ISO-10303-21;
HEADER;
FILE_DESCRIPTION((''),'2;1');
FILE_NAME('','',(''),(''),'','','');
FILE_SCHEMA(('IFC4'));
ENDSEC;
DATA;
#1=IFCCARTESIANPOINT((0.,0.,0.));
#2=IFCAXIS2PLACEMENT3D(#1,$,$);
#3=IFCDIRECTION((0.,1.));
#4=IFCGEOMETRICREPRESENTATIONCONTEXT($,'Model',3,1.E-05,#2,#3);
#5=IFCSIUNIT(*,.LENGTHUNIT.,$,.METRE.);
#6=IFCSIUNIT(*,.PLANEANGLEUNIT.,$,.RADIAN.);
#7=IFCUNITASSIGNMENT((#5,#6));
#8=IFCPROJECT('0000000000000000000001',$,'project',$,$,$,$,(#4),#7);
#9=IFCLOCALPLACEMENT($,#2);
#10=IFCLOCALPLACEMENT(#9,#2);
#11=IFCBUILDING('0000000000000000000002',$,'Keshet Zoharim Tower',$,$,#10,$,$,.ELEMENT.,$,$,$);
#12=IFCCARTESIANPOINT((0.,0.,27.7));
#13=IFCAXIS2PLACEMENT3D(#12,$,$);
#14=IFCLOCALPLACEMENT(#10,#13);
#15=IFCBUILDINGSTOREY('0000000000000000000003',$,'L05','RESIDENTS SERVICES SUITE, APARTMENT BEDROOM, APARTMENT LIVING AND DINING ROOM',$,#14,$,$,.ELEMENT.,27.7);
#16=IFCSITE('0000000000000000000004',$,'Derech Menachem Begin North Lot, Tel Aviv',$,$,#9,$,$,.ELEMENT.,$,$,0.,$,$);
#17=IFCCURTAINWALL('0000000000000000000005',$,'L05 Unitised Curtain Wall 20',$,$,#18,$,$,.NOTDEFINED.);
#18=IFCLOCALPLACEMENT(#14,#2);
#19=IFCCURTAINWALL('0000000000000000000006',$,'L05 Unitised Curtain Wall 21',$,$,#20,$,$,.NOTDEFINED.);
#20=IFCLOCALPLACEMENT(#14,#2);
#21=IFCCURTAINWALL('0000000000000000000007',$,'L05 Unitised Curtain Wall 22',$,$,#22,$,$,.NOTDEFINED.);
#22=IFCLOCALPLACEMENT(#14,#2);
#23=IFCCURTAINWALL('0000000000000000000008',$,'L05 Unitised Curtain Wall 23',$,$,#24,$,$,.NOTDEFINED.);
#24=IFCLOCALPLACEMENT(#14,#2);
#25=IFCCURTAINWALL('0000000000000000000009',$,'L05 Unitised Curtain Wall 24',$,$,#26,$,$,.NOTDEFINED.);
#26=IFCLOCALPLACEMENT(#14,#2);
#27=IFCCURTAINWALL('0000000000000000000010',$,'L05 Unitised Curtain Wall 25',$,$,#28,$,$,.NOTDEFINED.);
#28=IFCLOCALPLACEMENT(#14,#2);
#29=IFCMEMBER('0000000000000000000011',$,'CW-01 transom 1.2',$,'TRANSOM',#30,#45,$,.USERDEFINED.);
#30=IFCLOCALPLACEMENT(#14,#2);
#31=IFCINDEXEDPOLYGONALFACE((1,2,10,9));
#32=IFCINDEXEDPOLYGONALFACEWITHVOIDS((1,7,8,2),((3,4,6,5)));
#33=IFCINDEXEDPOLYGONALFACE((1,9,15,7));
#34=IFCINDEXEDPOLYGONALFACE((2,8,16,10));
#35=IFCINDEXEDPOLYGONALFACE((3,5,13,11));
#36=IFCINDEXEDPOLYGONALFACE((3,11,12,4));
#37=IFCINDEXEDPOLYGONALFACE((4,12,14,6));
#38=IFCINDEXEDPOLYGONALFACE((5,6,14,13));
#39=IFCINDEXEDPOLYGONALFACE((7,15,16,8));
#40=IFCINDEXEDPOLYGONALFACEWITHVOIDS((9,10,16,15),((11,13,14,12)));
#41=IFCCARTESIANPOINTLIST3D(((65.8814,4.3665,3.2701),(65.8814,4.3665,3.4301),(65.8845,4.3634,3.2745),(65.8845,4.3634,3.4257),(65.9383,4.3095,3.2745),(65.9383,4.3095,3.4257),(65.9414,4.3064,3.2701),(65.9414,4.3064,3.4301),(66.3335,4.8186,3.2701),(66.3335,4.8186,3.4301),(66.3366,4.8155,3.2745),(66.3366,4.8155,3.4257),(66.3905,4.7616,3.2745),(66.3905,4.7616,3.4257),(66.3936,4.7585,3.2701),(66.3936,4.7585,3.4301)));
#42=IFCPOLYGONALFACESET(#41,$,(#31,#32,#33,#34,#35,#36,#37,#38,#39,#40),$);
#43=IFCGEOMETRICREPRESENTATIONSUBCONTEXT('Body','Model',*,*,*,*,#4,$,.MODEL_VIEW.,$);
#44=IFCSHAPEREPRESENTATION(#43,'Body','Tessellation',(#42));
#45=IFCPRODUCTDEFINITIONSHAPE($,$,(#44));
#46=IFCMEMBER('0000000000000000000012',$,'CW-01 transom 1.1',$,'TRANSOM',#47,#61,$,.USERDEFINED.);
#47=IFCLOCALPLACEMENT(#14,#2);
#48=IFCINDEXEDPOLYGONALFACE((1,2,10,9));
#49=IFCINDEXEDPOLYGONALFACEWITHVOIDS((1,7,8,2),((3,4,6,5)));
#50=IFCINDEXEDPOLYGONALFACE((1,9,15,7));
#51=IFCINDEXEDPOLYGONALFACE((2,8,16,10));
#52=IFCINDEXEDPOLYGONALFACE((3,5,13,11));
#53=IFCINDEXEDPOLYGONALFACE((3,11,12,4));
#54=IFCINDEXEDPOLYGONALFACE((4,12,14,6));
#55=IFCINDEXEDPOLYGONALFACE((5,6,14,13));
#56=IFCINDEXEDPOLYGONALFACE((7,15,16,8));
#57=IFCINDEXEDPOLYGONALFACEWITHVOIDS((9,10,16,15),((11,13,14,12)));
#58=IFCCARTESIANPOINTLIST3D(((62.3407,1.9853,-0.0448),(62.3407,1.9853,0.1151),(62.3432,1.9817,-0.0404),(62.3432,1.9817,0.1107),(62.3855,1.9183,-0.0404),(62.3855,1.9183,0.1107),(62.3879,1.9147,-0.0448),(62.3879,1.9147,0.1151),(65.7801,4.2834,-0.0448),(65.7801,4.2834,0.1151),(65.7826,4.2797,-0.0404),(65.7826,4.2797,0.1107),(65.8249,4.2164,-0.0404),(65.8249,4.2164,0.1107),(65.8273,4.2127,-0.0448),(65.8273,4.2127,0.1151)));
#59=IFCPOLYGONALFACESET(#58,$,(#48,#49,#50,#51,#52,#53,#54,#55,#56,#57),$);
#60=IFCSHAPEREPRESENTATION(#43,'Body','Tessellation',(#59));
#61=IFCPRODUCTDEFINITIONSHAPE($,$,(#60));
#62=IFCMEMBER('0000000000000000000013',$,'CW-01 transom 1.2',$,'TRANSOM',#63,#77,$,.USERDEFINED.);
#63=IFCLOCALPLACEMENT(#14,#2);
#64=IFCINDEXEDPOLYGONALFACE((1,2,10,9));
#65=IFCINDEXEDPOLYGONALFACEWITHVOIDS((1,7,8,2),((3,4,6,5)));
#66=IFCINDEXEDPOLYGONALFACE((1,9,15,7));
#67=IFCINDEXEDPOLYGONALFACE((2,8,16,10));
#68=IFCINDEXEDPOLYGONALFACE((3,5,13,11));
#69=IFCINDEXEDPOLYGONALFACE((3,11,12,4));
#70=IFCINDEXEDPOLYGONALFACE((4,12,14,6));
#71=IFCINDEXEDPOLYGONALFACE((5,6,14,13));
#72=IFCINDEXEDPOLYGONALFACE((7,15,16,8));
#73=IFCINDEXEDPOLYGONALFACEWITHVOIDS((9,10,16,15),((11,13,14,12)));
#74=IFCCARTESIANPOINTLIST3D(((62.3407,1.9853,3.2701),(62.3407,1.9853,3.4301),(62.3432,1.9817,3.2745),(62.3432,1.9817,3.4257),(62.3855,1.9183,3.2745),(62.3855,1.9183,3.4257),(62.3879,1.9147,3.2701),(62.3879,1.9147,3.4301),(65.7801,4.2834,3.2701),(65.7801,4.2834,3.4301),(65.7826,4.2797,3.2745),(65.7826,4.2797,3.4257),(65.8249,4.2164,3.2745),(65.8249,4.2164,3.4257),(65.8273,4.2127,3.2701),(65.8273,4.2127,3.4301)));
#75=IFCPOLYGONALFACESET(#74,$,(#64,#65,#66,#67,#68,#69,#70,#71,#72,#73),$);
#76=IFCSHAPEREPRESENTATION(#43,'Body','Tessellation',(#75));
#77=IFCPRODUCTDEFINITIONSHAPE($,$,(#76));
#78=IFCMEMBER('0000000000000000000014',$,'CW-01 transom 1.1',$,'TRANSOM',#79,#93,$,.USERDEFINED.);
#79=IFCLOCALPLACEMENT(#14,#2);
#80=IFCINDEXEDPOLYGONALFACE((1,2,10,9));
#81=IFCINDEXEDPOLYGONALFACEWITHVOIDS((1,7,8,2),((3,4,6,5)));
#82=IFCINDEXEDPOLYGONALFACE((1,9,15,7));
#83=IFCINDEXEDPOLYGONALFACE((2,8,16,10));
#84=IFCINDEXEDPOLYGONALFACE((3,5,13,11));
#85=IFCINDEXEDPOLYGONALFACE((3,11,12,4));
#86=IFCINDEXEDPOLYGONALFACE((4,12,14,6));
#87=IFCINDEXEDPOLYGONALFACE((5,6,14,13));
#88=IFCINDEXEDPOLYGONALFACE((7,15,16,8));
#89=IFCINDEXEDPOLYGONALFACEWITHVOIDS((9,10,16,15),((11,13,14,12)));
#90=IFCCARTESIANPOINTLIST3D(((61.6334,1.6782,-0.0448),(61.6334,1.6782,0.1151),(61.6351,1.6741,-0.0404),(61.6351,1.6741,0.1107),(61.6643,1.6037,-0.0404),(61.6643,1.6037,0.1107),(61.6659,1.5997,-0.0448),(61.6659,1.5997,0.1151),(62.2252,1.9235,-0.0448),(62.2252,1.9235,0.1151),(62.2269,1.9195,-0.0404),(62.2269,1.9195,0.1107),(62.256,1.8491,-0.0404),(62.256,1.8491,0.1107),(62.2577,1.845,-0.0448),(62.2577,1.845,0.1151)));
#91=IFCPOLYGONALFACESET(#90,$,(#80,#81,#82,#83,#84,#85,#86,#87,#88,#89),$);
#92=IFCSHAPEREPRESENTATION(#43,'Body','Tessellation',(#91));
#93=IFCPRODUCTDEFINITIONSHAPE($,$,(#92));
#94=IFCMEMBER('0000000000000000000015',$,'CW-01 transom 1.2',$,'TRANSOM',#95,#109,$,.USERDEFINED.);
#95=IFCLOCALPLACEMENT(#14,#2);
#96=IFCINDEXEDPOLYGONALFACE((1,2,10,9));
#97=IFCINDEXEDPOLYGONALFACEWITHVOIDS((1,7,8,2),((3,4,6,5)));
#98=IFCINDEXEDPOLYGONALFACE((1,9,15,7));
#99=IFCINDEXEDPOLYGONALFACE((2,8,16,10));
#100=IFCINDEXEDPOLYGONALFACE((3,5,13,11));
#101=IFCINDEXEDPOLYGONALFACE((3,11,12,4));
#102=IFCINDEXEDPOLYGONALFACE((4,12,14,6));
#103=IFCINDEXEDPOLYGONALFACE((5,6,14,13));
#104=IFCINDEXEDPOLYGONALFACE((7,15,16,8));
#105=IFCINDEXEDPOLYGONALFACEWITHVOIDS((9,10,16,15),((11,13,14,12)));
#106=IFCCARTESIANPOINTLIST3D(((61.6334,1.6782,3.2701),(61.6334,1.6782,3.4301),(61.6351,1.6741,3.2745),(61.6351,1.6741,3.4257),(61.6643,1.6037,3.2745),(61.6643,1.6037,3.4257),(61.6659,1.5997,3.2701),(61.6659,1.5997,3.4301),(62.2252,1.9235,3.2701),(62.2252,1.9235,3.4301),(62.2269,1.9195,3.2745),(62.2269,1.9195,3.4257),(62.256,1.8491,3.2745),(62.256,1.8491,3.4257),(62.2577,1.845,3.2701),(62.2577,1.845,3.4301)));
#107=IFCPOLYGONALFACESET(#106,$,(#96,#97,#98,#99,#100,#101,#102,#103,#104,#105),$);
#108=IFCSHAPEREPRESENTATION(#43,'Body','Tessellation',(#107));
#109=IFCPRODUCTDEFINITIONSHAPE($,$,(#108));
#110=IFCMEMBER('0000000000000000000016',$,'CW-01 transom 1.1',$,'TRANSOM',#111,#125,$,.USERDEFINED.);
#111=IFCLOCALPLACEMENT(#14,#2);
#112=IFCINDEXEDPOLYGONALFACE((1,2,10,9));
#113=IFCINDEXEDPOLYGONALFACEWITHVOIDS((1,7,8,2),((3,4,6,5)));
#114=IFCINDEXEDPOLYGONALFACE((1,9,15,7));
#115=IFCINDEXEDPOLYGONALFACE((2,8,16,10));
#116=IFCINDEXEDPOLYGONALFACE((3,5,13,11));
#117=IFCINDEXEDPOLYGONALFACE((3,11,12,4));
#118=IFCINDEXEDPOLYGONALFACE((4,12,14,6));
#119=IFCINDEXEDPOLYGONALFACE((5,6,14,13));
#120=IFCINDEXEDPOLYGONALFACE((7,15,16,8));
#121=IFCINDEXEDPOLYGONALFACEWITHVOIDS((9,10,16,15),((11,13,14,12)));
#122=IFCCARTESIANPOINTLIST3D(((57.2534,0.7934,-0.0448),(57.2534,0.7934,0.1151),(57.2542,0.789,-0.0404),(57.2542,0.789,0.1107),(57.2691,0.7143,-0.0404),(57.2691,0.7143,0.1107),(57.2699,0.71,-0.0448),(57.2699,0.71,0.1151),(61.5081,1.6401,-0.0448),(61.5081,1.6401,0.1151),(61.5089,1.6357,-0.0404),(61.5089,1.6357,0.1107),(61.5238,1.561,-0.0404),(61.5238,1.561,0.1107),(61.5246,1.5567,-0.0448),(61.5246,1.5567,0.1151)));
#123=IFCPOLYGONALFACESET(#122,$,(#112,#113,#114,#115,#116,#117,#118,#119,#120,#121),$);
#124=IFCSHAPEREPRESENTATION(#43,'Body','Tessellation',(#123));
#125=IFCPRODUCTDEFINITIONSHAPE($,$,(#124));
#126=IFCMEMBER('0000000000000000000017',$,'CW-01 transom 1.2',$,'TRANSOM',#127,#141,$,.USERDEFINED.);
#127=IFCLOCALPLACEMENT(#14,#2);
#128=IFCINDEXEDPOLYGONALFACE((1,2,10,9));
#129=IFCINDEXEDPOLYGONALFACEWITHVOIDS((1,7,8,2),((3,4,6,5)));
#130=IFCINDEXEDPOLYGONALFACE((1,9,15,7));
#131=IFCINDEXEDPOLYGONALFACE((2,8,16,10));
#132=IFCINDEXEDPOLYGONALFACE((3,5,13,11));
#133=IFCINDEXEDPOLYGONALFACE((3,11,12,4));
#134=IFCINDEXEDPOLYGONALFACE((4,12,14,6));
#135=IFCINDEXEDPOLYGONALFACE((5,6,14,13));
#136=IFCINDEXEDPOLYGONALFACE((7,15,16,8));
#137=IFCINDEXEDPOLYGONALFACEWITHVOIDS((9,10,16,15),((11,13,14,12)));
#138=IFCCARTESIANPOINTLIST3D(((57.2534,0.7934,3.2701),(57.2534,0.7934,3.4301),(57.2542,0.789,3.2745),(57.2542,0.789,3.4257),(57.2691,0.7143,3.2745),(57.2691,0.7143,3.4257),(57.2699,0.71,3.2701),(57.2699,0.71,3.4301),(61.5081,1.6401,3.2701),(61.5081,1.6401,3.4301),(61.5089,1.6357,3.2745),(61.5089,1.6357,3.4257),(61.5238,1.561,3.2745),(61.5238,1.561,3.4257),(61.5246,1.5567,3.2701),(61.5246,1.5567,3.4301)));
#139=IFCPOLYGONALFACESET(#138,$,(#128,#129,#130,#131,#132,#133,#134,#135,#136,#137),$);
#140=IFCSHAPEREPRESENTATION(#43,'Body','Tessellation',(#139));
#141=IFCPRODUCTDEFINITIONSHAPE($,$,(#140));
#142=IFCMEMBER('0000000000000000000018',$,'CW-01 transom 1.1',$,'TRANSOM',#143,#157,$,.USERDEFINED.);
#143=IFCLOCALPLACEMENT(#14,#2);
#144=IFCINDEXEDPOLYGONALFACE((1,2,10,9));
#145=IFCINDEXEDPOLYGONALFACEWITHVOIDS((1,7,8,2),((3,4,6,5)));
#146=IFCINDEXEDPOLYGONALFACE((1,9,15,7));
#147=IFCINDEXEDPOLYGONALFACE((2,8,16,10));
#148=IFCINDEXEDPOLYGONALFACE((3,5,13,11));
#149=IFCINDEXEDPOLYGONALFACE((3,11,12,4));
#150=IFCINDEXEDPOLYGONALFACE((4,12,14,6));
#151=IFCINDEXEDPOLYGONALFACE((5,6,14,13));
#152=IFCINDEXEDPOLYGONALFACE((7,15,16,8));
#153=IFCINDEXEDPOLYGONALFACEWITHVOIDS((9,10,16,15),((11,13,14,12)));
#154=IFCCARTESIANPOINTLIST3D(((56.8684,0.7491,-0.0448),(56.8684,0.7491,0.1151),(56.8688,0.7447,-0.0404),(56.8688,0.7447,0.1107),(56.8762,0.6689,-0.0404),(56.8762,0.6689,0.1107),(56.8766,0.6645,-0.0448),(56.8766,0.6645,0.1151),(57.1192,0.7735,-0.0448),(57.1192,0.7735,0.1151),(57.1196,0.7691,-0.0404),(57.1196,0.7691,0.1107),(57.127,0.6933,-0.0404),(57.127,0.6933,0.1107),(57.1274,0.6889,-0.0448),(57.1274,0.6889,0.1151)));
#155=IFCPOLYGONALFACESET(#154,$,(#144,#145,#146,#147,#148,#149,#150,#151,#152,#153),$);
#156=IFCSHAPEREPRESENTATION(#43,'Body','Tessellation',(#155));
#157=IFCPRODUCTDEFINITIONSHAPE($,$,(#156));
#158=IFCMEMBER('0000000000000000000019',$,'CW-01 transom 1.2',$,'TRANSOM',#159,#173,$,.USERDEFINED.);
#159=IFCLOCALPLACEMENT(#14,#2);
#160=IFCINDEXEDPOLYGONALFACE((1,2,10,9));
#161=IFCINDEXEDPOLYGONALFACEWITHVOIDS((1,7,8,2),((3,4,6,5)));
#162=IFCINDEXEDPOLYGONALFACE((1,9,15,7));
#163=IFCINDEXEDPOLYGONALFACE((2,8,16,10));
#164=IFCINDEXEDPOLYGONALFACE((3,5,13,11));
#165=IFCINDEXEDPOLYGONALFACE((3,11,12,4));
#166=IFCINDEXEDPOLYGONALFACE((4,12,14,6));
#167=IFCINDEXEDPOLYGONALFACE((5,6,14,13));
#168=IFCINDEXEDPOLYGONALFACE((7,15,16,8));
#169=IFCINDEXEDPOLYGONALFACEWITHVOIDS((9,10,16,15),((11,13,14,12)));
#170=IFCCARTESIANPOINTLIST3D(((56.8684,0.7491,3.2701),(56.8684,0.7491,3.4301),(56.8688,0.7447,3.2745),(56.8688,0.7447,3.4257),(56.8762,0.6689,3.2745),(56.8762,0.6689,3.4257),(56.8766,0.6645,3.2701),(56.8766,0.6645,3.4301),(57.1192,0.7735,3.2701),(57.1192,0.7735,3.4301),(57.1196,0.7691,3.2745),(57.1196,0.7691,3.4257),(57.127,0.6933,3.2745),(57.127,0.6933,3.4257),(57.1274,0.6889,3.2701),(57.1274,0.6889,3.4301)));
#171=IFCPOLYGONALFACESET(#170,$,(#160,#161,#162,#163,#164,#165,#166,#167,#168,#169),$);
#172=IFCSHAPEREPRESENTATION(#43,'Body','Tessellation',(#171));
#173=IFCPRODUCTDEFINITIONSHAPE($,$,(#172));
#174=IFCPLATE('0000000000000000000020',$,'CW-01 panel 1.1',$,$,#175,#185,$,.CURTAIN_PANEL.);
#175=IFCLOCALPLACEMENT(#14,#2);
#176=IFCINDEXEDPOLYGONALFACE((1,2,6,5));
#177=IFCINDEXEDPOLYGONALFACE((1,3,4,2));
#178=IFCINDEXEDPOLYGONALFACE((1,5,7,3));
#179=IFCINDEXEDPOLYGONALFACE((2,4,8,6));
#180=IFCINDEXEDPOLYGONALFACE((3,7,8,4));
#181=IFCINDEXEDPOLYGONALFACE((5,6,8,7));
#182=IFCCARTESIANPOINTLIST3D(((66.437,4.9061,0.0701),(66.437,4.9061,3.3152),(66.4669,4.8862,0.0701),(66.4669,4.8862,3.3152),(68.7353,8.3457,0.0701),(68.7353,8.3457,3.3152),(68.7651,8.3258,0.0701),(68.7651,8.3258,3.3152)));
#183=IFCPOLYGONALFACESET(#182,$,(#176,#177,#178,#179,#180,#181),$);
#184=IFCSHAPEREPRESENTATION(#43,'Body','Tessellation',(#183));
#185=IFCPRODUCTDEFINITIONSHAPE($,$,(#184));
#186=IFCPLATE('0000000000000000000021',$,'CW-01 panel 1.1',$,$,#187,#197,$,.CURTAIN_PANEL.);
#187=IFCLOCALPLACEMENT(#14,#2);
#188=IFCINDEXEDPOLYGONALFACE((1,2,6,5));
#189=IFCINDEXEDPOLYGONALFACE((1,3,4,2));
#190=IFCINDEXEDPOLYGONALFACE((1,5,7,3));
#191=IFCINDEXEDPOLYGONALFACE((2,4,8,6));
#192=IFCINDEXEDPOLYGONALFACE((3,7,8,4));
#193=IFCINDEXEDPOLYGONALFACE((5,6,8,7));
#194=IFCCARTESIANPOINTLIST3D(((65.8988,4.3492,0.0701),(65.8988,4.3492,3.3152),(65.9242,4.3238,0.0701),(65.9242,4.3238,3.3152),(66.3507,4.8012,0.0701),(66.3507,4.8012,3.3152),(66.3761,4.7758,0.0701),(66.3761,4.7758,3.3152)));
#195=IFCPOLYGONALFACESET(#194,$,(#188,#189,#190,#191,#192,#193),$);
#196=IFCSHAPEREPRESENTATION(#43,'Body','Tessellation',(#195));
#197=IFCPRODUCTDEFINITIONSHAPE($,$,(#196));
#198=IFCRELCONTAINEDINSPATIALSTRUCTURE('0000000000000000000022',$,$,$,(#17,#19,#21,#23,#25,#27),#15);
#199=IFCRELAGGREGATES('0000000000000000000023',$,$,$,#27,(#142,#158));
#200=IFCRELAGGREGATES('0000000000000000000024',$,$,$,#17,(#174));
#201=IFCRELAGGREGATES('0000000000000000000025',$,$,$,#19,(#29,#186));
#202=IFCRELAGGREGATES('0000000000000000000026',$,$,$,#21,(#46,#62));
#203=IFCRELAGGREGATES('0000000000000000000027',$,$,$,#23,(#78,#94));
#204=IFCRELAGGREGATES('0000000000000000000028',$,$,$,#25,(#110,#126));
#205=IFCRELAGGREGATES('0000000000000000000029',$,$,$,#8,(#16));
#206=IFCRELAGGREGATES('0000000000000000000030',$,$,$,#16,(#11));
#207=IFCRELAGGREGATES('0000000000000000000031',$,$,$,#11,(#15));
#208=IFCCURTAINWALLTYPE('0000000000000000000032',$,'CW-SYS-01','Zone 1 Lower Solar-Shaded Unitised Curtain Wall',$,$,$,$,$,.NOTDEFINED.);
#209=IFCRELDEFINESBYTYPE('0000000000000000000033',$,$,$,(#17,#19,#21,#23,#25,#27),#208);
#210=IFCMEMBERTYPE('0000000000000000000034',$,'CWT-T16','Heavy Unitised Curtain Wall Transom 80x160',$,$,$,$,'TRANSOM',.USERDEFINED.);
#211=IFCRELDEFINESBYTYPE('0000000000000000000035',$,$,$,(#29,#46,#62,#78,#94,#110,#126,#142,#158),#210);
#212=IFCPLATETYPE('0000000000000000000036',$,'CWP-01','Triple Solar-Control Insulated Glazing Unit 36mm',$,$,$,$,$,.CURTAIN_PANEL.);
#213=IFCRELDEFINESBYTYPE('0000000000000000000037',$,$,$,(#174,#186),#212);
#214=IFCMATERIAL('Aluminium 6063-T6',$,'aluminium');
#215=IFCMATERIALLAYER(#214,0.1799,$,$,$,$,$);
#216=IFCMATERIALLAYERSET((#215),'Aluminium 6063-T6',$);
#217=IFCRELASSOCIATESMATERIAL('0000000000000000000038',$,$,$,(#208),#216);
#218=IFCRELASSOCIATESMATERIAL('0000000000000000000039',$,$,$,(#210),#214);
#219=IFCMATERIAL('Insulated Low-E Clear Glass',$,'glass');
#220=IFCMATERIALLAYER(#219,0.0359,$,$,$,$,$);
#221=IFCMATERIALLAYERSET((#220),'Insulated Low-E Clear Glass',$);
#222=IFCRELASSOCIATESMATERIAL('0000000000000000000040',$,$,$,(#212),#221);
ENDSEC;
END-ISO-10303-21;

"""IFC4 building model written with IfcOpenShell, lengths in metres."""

from ifc_helpers import new_model, si_unit, direction, frame, origin, origin_2d, place, context, subcontext, project, spatial, rectangle, hollow_rectangle, extrude, material, layer, layer_set, material_profile, profile_set, type_object, element, aggregate, save


model = new_model("IFC4")

# Units and contexts
model_context = context("Model", 3, precision=1e-05, world=origin(), true_north=direction((0.0, 1.0)))
body_context = subcontext(model_context, "Body", "Model", "MODEL_VIEW")
ifc_project = project(units=[si_unit("LENGTHUNIT", "METRE"), si_unit("PLANEANGLEUNIT", "RADIAN")], contexts=[model_context])

# Site, building, storey
site_placement = place(None, origin())
site = spatial("IfcSite", under=ifc_project, at=site_placement, Name="Derech Menachem Begin North Lot, Tel Aviv", CompositionType="ELEMENT", RefElevation=0.0)
building_placement = place(site_placement, origin())
building = spatial("IfcBuilding", under=site, at=building_placement, Name="Keshet Zoharim Tower", CompositionType="ELEMENT")
storey_placement = place(building_placement, frame((0.0, 0.0, 27.7)))
storey = spatial("IfcBuildingStorey", under=building, at=storey_placement, Name="L05", Description="RESIDENTS SERVICES SUITE, APARTMENT BEDROOM, APARTMENT LIVING AND DINING ROOM", CompositionType="ELEMENT", Elevation=27.7)

# Curtain wall
ifc_material_1 = material(Name="Aluminium 6063-T6", Category="aluminium")
ifc_layer_1 = layer(ifc_material_1, 0.1799)
ifc_layer_set_1 = layer_set([ifc_layer_1], Name="Aluminium 6063-T6")
curtain_wall_type = type_object("IfcCurtainWallType", Name="CW-SYS-01", Description="Zone 1 Lower Solar-Shaded Unitised Curtain Wall", PredefinedType="NOTDEFINED", material=ifc_layer_set_1)
curtain_wall_1_placement = place(storey_placement, origin())
curtain_wall_1 = element("IfcCurtainWall", 1, at=curtain_wall_1_placement, inside=storey, type_object=curtain_wall_type, Name="L05 Unitised Curtain Wall 20", PredefinedType="NOTDEFINED")

# Curtain walls
curtain_wall_2_placement = place(storey_placement, origin())
curtain_wall_2 = element("IfcCurtainWall", 2, at=curtain_wall_2_placement, inside=storey, type_object=curtain_wall_type, Name="L05 Unitised Curtain Wall 21", PredefinedType="NOTDEFINED")
curtain_wall_3_placement = place(storey_placement, origin())
curtain_wall_3 = element("IfcCurtainWall", 3, at=curtain_wall_3_placement, inside=storey, type_object=curtain_wall_type, Name="L05 Unitised Curtain Wall 22", PredefinedType="NOTDEFINED")
curtain_wall_4_placement = place(storey_placement, origin())
curtain_wall_4 = element("IfcCurtainWall", 4, at=curtain_wall_4_placement, inside=storey, type_object=curtain_wall_type, Name="L05 Unitised Curtain Wall 23", PredefinedType="NOTDEFINED")
curtain_wall_5_placement = place(storey_placement, origin())
curtain_wall_5 = element("IfcCurtainWall", 5, at=curtain_wall_5_placement, inside=storey, type_object=curtain_wall_type, Name="L05 Unitised Curtain Wall 24", PredefinedType="NOTDEFINED")

# Curtain wall
curtain_wall_6_placement = place(storey_placement, origin())
curtain_wall_6 = element("IfcCurtainWall", 6, at=curtain_wall_6_placement, inside=storey, type_object=curtain_wall_type, Name="L05 Unitised Curtain Wall 25", PredefinedType="NOTDEFINED")

# Members
ifc_material_profile_1 = material_profile(ifc_material_1, hollow_rectangle(XDim=0.085, YDim=0.1599, WallThickness=0.0044, at=origin_2d()), Name="TRN-85x160")
ifc_profile_set_1 = profile_set([ifc_material_profile_1], Name="Aluminium 6063-T6")
member_type_1 = type_object("IfcMemberType", Name="CWT-T16", Description="Heavy Unitised Curtain Wall Transom 80x160", ElementType="TRANSOM", PredefinedType="USERDEFINED", material=ifc_profile_set_1)
member_1_placement = place(storey_placement, frame((66.3635, 4.7886, 3.3501), z_axis=(-0.707107, -0.707107, 0.0), x_axis=(0.707107, -0.707107, 0.0)))
member_1 = element("IfcMember", 7, at=member_1_placement, type_object=member_type_1, Name="CW-01 transom 1.2", ObjectType="TRANSOM", PredefinedType="USERDEFINED", context=body_context, shape_type="SweptSolid", body=[
    extrude(hollow_rectangle(XDim=0.085, YDim=0.1599, WallThickness=0.0044, at=origin_2d()), origin(), (0.0, 0.0, 1.0), 0.6394),
])
member_2_placement = place(storey_placement, frame((65.8037, 4.248, 0.0352), z_axis=(-0.831478, -0.555558, 0.0), x_axis=(0.555558, -0.831478, 0.0)))
member_2 = element("IfcMember", 8, at=member_2_placement, type_object=member_type_1, Name="CW-01 transom 1.1", ObjectType="TRANSOM", PredefinedType="USERDEFINED", context=body_context, shape_type="SweptSolid", body=[
    extrude(hollow_rectangle(XDim=0.085, YDim=0.1599, WallThickness=0.0044, at=origin_2d()), origin(), (0.0, 0.0, 1.0), 4.1365),
])
member_3_placement = place(storey_placement, frame((65.8037, 4.248, 3.3501), z_axis=(-0.831478, -0.555558, 0.0), x_axis=(0.555558, -0.831478, 0.0)))
member_3 = element("IfcMember", 9, at=member_3_placement, type_object=member_type_1, Name="CW-01 transom 1.2", ObjectType="TRANSOM", PredefinedType="USERDEFINED", context=body_context, shape_type="SweptSolid", body=[
    extrude(hollow_rectangle(XDim=0.085, YDim=0.1599, WallThickness=0.0044, at=origin_2d()), origin(), (0.0, 0.0, 1.0), 4.1365),
])
member_4_placement = place(storey_placement, frame((62.2415, 1.8843, 0.0352), z_axis=(-0.923752, -0.382991, 0.0), x_axis=(0.382991, -0.923752, 0.0)))
member_4 = element("IfcMember", 10, at=member_4_placement, type_object=member_type_1, Name="CW-01 transom 1.1", ObjectType="TRANSOM", PredefinedType="USERDEFINED", context=body_context, shape_type="SweptSolid", body=[
    extrude(hollow_rectangle(XDim=0.085, YDim=0.1599, WallThickness=0.0044, at=origin_2d()), origin(), (0.0, 0.0, 1.0), 0.6406),
])
member_5_placement = place(storey_placement, frame((62.2415, 1.8843, 3.3501), z_axis=(-0.923752, -0.382991, 0.0), x_axis=(0.382991, -0.923752, 0.0)))
member_5 = element("IfcMember", 11, at=member_5_placement, type_object=member_type_1, Name="CW-01 transom 1.2", ObjectType="TRANSOM", PredefinedType="USERDEFINED", context=body_context, shape_type="SweptSolid", body=[
    extrude(hollow_rectangle(XDim=0.085, YDim=0.1599, WallThickness=0.0044, at=origin_2d()), origin(), (0.0, 0.0, 1.0), 0.6406),
])
member_6_placement = place(storey_placement, frame((61.5164, 1.5984, 0.0352), z_axis=(-0.980769, -0.195174, 0.0), x_axis=(0.195174, -0.980769, 0.0)))
member_6 = element("IfcMember", 12, at=member_6_placement, type_object=member_type_1, Name="CW-01 transom 1.1", ObjectType="TRANSOM", PredefinedType="USERDEFINED", context=body_context, shape_type="SweptSolid", body=[
    extrude(hollow_rectangle(XDim=0.085, YDim=0.1599, WallThickness=0.0044, at=origin_2d()), origin(), (0.0, 0.0, 1.0), 4.3381),
])
member_7_placement = place(storey_placement, frame((61.5164, 1.5984, 3.3501), z_axis=(-0.980769, -0.195174, 0.0), x_axis=(0.195174, -0.980769, 0.0)))
member_7 = element("IfcMember", 13, at=member_7_placement, type_object=member_type_1, Name="CW-01 transom 1.2", ObjectType="TRANSOM", PredefinedType="USERDEFINED", context=body_context, shape_type="SweptSolid", body=[
    extrude(hollow_rectangle(XDim=0.085, YDim=0.1599, WallThickness=0.0044, at=origin_2d()), origin(), (0.0, 0.0, 1.0), 4.3381),
])
member_8_placement = place(storey_placement, frame((57.1233, 0.7312, 0.0352), z_axis=(-0.995293, -0.096913, 0.0), x_axis=(0.096913, -0.995293, 0.0)))
member_8 = element("IfcMember", 14, at=member_8_placement, type_object=member_type_1, Name="CW-01 transom 1.1", ObjectType="TRANSOM", PredefinedType="USERDEFINED", context=body_context, shape_type="SweptSolid", body=[
    extrude(hollow_rectangle(XDim=0.085, YDim=0.1599, WallThickness=0.0044, at=origin_2d()), origin(), (0.0, 0.0, 1.0), 0.252),
])
member_9_placement = place(storey_placement, frame((57.1233, 0.7312, 3.3501), z_axis=(-0.995293, -0.096913, 0.0), x_axis=(0.096913, -0.995293, 0.0)))
member_9 = element("IfcMember", 15, at=member_9_placement, type_object=member_type_1, Name="CW-01 transom 1.2", ObjectType="TRANSOM", PredefinedType="USERDEFINED", context=body_context, shape_type="SweptSolid", body=[
    extrude(hollow_rectangle(XDim=0.085, YDim=0.1599, WallThickness=0.0044, at=origin_2d()), origin(), (0.0, 0.0, 1.0), 0.252),
])
aggregate(curtain_wall_6, [member_8, member_9])

# Plates
ifc_material_2 = material(Name="Insulated Low-E Clear Glass", Category="glass")
ifc_layer_2 = layer(ifc_material_2, 0.0359)
ifc_layer_set_2 = layer_set([ifc_layer_2], Name="Insulated Low-E Clear Glass")
plate_type = type_object("IfcPlateType", Name="CWP-01", Description="Triple Solar-Control Insulated Glazing Unit 36mm", PredefinedType="CURTAIN_PANEL", material=ifc_layer_set_2)
plate_1_placement = place(storey_placement, frame((67.6011, 6.616, 0.0701), z_axis=(0.0, 0.0, 1.0), x_axis=(-0.555563, -0.831474, 0.0)))
plate_1 = element("IfcPlate", 16, at=plate_1_placement, type_object=plate_type, Name="CW-01 panel 1.1", PredefinedType="CURTAIN_PANEL", context=body_context, shape_type="SweptSolid", body=[
    extrude(rectangle(XDim=4.1367, YDim=0.0359, at=origin_2d()), origin(), (0.0, 0.0, 1.0), 3.2451),
])
aggregate(curtain_wall_1, [plate_1])
plate_2_placement = place(storey_placement, frame((66.1375, 4.5625, 0.0701), z_axis=(0.0, 0.0, 1.0), x_axis=(-0.707107, -0.707107, 0.0)))
plate_2 = element("IfcPlate", 17, at=plate_2_placement, type_object=plate_type, Name="CW-01 panel 1.1", PredefinedType="CURTAIN_PANEL", context=body_context, shape_type="SweptSolid", body=[
    extrude(rectangle(XDim=0.6392, YDim=0.0359, at=origin_2d()), origin(), (0.0, 0.0, 1.0), 3.2451),
])
aggregate(curtain_wall_2, [member_1, plate_2])
aggregate(curtain_wall_3, [member_2, member_3])
aggregate(curtain_wall_4, [member_4, member_5])
aggregate(curtain_wall_5, [member_6, member_7])

save(model, "model.ifc")
